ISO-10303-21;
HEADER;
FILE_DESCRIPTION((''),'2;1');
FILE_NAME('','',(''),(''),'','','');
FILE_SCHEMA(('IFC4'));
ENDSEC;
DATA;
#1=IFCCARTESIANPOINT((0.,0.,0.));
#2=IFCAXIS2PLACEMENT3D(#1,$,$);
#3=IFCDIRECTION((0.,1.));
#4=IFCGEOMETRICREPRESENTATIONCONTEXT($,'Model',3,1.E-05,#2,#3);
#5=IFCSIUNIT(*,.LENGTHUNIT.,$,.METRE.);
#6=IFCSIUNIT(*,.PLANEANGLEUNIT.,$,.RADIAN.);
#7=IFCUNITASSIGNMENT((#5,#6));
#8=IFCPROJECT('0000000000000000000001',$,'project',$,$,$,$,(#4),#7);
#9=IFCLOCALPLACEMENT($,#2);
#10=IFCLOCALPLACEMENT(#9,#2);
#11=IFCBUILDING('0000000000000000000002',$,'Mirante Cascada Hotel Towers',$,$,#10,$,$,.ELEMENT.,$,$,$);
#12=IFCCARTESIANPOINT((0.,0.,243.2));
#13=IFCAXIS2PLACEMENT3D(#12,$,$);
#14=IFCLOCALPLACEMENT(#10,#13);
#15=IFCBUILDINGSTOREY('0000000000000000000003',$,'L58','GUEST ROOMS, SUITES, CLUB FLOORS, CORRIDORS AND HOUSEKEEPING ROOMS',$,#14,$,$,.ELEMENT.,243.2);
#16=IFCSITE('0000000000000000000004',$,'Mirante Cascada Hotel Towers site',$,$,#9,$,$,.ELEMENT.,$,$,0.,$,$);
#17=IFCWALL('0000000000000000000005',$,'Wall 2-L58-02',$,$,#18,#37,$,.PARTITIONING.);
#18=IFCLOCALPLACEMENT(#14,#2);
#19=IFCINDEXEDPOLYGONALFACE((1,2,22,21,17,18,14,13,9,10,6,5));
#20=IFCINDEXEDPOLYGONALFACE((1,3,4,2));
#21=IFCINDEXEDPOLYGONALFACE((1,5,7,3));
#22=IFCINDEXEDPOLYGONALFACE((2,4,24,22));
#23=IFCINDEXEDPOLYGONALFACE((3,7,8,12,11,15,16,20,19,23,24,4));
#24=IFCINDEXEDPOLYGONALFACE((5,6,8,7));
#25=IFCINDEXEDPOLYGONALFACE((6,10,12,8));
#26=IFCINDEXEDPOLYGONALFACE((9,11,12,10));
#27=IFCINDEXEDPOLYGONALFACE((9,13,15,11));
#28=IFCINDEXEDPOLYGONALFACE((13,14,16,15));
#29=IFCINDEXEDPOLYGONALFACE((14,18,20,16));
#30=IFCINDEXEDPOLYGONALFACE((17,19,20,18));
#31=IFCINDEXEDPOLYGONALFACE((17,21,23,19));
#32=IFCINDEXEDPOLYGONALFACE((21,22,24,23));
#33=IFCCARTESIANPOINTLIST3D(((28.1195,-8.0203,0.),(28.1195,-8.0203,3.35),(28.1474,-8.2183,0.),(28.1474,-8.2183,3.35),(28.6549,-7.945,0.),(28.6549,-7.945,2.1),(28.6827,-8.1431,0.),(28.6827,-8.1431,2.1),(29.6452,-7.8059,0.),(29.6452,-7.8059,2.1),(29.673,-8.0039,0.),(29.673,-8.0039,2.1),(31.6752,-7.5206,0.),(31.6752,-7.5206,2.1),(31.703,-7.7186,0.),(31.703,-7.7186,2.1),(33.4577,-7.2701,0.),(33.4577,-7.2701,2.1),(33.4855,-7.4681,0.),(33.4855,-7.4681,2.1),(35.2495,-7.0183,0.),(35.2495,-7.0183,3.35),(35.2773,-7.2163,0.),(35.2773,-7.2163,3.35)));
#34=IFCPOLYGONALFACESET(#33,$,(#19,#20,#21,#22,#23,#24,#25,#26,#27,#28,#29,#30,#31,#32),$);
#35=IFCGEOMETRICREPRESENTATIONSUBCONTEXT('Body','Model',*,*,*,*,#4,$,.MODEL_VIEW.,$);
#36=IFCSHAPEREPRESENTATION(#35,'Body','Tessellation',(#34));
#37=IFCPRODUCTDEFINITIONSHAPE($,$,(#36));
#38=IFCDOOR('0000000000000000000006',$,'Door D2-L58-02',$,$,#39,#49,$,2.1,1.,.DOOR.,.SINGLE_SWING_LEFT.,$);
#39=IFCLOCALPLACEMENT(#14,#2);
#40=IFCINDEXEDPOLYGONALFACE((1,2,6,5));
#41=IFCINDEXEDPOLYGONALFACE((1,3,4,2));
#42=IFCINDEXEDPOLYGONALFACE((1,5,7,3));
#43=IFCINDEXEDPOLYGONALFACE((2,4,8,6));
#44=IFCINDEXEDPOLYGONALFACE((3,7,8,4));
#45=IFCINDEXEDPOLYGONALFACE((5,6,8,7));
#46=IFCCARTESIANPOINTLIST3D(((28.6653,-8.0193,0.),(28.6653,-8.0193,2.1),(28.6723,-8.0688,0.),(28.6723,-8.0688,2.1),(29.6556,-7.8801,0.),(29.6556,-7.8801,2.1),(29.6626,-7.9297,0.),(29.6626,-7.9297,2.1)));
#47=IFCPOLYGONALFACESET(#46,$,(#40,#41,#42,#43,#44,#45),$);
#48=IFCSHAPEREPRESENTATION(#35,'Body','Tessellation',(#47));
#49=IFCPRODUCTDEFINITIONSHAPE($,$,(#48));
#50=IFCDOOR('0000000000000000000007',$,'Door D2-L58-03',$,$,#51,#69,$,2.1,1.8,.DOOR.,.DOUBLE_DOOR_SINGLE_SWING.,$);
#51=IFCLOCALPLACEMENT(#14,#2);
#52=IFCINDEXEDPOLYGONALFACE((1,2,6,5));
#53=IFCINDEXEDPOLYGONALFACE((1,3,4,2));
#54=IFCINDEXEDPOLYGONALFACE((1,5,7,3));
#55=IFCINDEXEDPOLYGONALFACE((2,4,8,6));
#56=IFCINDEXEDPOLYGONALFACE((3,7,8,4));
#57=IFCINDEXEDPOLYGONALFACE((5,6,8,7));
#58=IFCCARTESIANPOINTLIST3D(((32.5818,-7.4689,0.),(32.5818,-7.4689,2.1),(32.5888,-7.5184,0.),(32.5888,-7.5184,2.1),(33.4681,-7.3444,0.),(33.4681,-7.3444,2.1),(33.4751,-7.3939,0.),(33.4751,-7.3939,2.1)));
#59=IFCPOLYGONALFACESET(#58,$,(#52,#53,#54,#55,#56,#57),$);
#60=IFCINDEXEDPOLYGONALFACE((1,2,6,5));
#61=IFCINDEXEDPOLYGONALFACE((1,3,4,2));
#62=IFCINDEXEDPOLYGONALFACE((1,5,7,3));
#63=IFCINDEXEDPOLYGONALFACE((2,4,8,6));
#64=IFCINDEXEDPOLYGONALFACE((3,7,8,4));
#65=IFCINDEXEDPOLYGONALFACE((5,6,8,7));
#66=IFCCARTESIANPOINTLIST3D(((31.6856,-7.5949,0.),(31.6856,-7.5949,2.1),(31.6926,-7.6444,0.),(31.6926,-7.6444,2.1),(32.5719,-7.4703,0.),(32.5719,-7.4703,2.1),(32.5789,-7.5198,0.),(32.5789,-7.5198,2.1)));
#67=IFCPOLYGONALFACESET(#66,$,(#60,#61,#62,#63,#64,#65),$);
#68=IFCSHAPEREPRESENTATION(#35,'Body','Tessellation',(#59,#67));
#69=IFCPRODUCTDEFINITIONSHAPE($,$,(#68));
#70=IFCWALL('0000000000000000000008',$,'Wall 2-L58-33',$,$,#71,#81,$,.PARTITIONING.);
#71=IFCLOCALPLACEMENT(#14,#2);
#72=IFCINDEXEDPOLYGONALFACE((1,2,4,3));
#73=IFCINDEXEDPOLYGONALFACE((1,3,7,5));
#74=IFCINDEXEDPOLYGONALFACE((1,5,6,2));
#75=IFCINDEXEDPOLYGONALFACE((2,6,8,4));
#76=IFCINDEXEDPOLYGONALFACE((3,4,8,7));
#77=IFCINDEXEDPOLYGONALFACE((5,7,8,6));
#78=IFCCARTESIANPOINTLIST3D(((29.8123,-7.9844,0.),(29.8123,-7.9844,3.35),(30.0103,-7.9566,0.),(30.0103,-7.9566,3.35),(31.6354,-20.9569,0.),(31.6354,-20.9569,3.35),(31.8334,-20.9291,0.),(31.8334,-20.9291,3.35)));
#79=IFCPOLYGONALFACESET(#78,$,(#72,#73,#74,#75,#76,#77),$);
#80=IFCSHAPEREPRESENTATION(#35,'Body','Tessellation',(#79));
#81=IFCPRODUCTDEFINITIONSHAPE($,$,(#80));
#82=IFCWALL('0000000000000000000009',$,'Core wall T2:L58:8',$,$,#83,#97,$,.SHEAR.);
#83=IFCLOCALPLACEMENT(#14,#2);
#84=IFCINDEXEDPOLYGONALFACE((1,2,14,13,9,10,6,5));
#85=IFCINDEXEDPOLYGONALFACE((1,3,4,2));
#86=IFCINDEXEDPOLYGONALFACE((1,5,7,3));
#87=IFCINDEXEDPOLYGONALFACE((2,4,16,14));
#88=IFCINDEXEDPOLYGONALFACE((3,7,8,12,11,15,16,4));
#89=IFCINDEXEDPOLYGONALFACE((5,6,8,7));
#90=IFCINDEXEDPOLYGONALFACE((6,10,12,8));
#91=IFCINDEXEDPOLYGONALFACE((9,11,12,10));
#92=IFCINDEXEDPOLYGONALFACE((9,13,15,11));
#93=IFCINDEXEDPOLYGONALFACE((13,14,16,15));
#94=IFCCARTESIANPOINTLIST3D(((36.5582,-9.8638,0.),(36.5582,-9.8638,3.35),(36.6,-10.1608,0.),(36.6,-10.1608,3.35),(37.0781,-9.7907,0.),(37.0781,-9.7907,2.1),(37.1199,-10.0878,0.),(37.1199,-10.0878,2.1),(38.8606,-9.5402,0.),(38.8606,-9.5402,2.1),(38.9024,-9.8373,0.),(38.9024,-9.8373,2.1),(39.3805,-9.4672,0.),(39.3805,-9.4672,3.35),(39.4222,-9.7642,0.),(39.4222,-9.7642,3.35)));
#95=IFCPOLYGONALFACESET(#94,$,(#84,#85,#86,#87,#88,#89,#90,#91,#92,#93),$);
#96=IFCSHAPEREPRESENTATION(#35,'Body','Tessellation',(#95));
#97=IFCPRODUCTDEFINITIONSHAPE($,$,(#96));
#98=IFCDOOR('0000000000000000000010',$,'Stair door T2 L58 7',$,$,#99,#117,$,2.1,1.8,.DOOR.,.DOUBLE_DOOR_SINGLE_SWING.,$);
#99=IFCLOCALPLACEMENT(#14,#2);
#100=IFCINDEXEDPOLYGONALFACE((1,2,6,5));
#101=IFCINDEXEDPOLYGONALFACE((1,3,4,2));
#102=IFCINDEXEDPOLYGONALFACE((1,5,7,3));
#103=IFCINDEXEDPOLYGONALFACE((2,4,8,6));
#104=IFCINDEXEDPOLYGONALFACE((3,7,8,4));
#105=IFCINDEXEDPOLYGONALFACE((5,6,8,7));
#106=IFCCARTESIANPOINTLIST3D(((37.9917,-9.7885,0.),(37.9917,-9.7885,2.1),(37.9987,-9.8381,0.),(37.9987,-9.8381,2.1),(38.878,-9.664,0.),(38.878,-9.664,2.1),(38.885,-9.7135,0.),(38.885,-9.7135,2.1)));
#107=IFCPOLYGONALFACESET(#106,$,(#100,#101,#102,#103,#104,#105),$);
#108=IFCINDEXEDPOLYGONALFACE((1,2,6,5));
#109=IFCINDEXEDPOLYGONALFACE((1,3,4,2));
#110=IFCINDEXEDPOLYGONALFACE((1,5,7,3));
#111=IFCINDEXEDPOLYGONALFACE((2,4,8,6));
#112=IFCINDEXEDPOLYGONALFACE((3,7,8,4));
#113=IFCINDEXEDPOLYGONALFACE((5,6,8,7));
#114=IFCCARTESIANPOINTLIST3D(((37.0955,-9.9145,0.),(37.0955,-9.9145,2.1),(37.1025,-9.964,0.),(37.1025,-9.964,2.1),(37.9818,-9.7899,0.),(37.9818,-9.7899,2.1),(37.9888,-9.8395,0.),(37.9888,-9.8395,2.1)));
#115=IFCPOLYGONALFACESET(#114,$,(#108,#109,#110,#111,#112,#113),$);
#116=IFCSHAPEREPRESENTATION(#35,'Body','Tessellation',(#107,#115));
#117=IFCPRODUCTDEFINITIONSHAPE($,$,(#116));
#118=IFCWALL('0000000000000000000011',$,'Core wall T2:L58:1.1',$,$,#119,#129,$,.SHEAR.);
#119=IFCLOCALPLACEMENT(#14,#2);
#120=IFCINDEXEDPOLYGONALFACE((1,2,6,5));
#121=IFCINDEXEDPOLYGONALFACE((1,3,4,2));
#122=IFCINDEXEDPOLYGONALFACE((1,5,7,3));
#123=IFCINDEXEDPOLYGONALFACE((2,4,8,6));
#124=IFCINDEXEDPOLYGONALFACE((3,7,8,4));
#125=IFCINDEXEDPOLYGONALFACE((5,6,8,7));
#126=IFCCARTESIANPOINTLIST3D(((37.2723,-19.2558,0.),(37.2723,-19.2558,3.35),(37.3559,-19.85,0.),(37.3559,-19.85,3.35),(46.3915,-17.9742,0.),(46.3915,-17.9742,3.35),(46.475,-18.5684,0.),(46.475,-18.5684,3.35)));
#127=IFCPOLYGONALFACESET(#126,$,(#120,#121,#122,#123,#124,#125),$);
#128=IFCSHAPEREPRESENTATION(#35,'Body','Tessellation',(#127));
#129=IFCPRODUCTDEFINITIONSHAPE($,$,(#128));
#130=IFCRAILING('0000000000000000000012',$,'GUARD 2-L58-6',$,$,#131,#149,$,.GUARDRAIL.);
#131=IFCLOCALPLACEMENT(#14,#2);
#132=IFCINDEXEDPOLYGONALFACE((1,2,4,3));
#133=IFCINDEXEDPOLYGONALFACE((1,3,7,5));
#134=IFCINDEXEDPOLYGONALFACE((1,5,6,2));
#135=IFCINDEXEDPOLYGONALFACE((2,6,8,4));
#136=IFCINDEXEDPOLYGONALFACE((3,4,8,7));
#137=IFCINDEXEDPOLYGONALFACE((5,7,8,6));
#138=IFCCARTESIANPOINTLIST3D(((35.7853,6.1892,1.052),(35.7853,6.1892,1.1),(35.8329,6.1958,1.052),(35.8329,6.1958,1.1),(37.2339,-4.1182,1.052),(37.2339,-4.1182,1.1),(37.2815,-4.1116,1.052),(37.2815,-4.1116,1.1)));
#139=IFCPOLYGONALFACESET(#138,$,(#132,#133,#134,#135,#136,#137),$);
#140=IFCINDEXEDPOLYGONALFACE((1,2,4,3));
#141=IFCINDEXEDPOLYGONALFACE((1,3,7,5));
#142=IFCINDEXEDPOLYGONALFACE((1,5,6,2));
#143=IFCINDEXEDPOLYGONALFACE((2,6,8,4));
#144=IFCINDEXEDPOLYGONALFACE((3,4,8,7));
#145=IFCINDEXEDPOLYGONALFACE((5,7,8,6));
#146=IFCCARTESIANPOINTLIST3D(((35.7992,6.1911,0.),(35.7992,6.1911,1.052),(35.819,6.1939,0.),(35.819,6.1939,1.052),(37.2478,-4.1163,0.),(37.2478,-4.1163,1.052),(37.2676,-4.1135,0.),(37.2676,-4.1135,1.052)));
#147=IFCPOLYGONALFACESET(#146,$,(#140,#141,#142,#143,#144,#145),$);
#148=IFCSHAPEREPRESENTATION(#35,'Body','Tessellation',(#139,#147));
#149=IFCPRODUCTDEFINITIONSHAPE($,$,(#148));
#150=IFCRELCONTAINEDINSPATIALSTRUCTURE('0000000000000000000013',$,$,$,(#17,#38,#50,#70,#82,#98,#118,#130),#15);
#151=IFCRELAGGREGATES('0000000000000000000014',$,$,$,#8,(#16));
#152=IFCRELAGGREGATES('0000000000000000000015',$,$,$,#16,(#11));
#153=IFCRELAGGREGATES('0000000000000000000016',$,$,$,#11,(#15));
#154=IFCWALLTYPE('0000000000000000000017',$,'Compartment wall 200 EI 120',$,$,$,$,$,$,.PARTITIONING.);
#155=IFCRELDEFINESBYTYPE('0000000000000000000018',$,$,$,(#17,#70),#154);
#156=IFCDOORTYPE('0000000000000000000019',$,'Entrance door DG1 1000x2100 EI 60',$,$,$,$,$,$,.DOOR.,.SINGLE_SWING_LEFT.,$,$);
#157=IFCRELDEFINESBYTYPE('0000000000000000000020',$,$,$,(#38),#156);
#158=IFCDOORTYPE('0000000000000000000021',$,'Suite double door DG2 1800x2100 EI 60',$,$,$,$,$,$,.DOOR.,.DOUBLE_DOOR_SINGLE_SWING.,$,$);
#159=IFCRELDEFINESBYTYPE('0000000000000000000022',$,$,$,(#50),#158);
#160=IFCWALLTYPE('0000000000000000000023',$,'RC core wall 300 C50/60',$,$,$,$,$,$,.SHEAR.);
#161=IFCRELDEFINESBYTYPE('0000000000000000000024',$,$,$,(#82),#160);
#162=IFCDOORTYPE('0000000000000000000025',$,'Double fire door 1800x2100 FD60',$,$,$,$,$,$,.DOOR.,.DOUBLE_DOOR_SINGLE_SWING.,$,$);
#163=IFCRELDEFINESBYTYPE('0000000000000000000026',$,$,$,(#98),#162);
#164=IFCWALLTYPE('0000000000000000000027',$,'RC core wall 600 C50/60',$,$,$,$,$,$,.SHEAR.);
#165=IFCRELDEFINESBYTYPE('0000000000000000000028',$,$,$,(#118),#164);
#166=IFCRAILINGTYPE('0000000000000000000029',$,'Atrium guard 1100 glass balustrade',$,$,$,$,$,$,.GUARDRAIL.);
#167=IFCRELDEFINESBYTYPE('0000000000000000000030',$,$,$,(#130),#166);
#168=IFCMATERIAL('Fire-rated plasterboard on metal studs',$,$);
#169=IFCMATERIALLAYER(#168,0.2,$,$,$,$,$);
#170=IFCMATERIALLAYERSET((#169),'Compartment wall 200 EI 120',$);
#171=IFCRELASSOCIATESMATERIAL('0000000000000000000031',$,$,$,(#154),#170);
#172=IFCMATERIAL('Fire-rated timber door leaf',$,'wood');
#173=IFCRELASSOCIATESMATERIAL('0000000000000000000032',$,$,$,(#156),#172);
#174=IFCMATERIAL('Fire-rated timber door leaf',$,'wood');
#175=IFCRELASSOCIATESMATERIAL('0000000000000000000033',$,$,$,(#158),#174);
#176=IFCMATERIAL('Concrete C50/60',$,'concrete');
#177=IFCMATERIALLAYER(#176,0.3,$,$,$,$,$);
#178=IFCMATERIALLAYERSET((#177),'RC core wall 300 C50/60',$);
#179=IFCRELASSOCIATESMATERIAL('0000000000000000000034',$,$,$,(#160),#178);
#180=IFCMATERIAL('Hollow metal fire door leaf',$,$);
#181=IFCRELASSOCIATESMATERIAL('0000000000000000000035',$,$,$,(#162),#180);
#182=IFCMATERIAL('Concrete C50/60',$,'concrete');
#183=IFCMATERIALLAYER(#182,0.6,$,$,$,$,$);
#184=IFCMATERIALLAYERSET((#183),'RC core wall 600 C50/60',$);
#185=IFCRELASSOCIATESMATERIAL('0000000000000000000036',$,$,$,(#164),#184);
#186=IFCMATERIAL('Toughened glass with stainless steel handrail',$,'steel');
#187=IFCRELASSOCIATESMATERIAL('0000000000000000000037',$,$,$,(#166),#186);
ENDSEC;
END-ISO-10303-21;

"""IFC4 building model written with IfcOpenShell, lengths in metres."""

from ifc_helpers import new_model, si_unit, direction, frame, frame_2d, origin, origin_2d, place, context, subcontext, project, spatial, rectangle, extrude, material, layer, layer_set, type_object, element, fill, save


model = new_model("IFC4")

# Units and contexts
model_context = context("Model", 3, precision=1e-05, world=origin(), true_north=direction((0.0, 1.0)))
body_context = subcontext(model_context, "Body", "Model", "MODEL_VIEW")
ifc_project = project(units=[si_unit("LENGTHUNIT", "METRE"), si_unit("PLANEANGLEUNIT", "RADIAN")], contexts=[model_context])

# Site, building, storey
site_placement = place(None, origin())
site = spatial("IfcSite", under=ifc_project, at=site_placement, Name="Mirante Cascada Hotel Towers site", CompositionType="ELEMENT", RefElevation=0.0)
building_placement = place(site_placement, origin())
building = spatial("IfcBuilding", under=site, at=building_placement, Name="Mirante Cascada Hotel Towers", CompositionType="ELEMENT")
storey_placement = place(building_placement, frame((0.0, 0.0, 243.2)))
storey = spatial("IfcBuildingStorey", under=building, at=storey_placement, Name="L58", Description="GUEST ROOMS, SUITES, CLUB FLOORS, CORRIDORS AND HOUSEKEEPING ROOMS", CompositionType="ELEMENT", Elevation=243.2)

# Wall, openings, doors
ifc_material_1 = material(Name="Fire-rated plasterboard on metal studs")
ifc_layer_1 = layer(ifc_material_1, 0.2)
ifc_layer_set_1 = layer_set([ifc_layer_1], Name="Compartment wall 200 EI 120")
wall_type_1 = type_object("IfcWallType", Name="Compartment wall 200 EI 120", PredefinedType="PARTITIONING", material=ifc_layer_set_1)
wall_1_placement = place(storey_placement, frame((35.2634, -7.1173, 0.0), z_axis=(0.0, 0.0, 1.0), x_axis=(-0.990269, -0.139167, 0.0)))
wall_1 = element("IfcWall", 1, at=wall_1_placement, inside=storey, type_object=wall_type_1, Name="Wall 2-L58-02", PredefinedType="PARTITIONING", context=body_context, shape_type="SweptSolid", body=[
    extrude(rectangle(XDim=7.2, YDim=0.2, at=frame_2d((3.6, 0.0))), origin(), (0.0, 0.0, 1.0), 3.35),
])
opening_1_placement = place(wall_1_placement, frame((5.6594, 0.0, 0.0)))
opening_1 = element("IfcOpeningElement", 2, at=opening_1_placement, cuts=wall_1, PredefinedType="OPENING", context=body_context, shape_type="SweptSolid", body=[
    extrude(rectangle(XDim=1.0, YDim=2.1, at=frame_2d((0.5, 1.05))), frame((0.0, 0.1, 0.0), z_axis=(0.0, -1.0, 0.0), x_axis=(1.0, 0.0, 0.0)), (0.0, 0.0, 1.0), 0.2),
])
opening_2_placement = place(wall_1_placement, frame((1.8094, 0.0, 0.0)))
opening_2 = element("IfcOpeningElement", 3, at=opening_2_placement, cuts=wall_1, PredefinedType="OPENING", context=body_context, shape_type="SweptSolid", body=[
    extrude(rectangle(XDim=1.8, YDim=2.1, at=frame_2d((0.9, 1.05))), frame((0.0, 0.1, 0.0), z_axis=(0.0, -1.0, 0.0), x_axis=(1.0, 0.0, 0.0)), (0.0, 0.0, 1.0), 0.2),
])
ifc_material_2 = material(Name="Fire-rated timber door leaf", Category="wood")
door_type_1 = type_object("IfcDoorType", Name="Entrance door DG1 1000x2100 EI 60", OperationType="SINGLE_SWING_LEFT", PredefinedType="DOOR", material=ifc_material_2)
door_1_placement = place(opening_1_placement, origin())
door_1 = element("IfcDoor", 4, at=door_1_placement, inside=storey, type_object=door_type_1, Name="Door D2-L58-02", OperationType="SINGLE_SWING_LEFT", OverallHeight=2.1, OverallWidth=1.0, PredefinedType="DOOR", context=body_context, shape_type="SweptSolid", body=[
    extrude(rectangle(XDim=1.0, YDim=2.1, at=frame_2d((0.5, 1.05))), frame((0.0, 0.025, 0.0), z_axis=(0.0, -1.0, 0.0), x_axis=(1.0, 0.0, 0.0)), (0.0, 0.0, 1.0), 0.05),
])
fill(opening_1, door_1)
ifc_material_3 = material(Name="Fire-rated timber door leaf", Category="wood")
door_type_2 = type_object("IfcDoorType", Name="Suite double door DG2 1800x2100 EI 60", OperationType="DOUBLE_DOOR_SINGLE_SWING", PredefinedType="DOOR", material=ifc_material_3)
door_2_placement = place(opening_2_placement, origin())
door_2 = element("IfcDoor", 5, at=door_2_placement, inside=storey, type_object=door_type_2, Name="Door D2-L58-03", OperationType="DOUBLE_DOOR_SINGLE_SWING", OverallHeight=2.1, OverallWidth=1.8, PredefinedType="DOOR", context=body_context, shape_type="SweptSolid", body=[
    extrude(rectangle(XDim=0.895, YDim=2.1, at=frame_2d((0.4475, 1.05))), frame((0.0, 0.025, 0.0), z_axis=(0.0, -1.0, 0.0), x_axis=(1.0, 0.0, 0.0)), (0.0, 0.0, 1.0), 0.05),
    extrude(rectangle(XDim=0.895, YDim=2.1, at=frame_2d((1.3525, 1.05))), frame((0.0, 0.025, 0.0), z_axis=(0.0, -1.0, 0.0), x_axis=(1.0, 0.0, 0.0)), (0.0, 0.0, 1.0), 0.05),
])
fill(opening_2, door_2)

# Wall
wall_2_placement = place(storey_placement, frame((31.7344, -20.943, 0.0), z_axis=(0.0, 0.0, 1.0), x_axis=(-0.139168, 0.990269, 0.0)))
element("IfcWall", 6, at=wall_2_placement, inside=storey, type_object=wall_type_1, Name="Wall 2-L58-33", PredefinedType="PARTITIONING", context=body_context, shape_type="SweptSolid", body=[
    extrude(rectangle(XDim=13.1, YDim=0.2, at=frame_2d((6.55, 0.0))), origin(), (0.0, 0.0, 1.0), 3.35),
])

# Wall, opening, door
ifc_material_4 = material(Name="Concrete C50/60", Category="concrete")
ifc_layer_2 = layer(ifc_material_4, 0.3)
ifc_layer_set_2 = layer_set([ifc_layer_2], Name="RC core wall 300 C50/60")
wall_type_2 = type_object("IfcWallType", Name="RC core wall 300 C50/60", PredefinedType="SHEAR", material=ifc_layer_set_2)
wall_3_placement = place(storey_placement, frame((36.5791, -10.0123, 0.0), z_axis=(0.0, 0.0, 1.0), x_axis=(0.99027, 0.139156, 0.0)))
wall_3 = element("IfcWall", 7, at=wall_3_placement, inside=storey, type_object=wall_type_2, Name="Core wall T2:L58:8", PredefinedType="SHEAR", context=body_context, shape_type="SweptSolid", body=[
    extrude(rectangle(XDim=2.85, YDim=0.3, at=frame_2d((1.425, 0.0))), origin(), (0.0, 0.0, 1.0), 3.35),
])
opening_3_placement = place(wall_3_placement, frame((0.525, 0.0, 0.0)))
opening_3 = element("IfcOpeningElement", 8, at=opening_3_placement, cuts=wall_3, PredefinedType="OPENING", context=body_context, shape_type="SweptSolid", body=[
    extrude(rectangle(XDim=1.8, YDim=2.1, at=frame_2d((0.9, 1.05))), frame((0.0, 0.15, 0.0), z_axis=(0.0, -1.0, 0.0), x_axis=(1.0, 0.0, 0.0)), (0.0, 0.0, 1.0), 0.3),
])
ifc_material_5 = material(Name="Hollow metal fire door leaf")
door_type_3 = type_object("IfcDoorType", Name="Double fire door 1800x2100 FD60", OperationType="DOUBLE_DOOR_SINGLE_SWING", PredefinedType="DOOR", material=ifc_material_5)
door_3_placement = place(opening_3_placement, frame((1.8, 0.0, 0.0), z_axis=(0.0, 0.0, 1.0), x_axis=(-1.0, 0.0, 0.0)))
door_3 = element("IfcDoor", 9, at=door_3_placement, inside=storey, type_object=door_type_3, Name="Stair door T2 L58 7", OperationType="DOUBLE_DOOR_SINGLE_SWING", OverallHeight=2.1, OverallWidth=1.8, PredefinedType="DOOR", context=body_context, shape_type="SweptSolid", body=[
    extrude(rectangle(XDim=0.895, YDim=2.1, at=frame_2d((0.4475, 1.05))), frame((0.0, 0.025, 0.0), z_axis=(0.0, -1.0, 0.0), x_axis=(1.0, 0.0, 0.0)), (0.0, 0.0, 1.0), 0.05),
    extrude(rectangle(XDim=0.895, YDim=2.1, at=frame_2d((1.3525, 1.05))), frame((0.0, 0.025, 0.0), z_axis=(0.0, -1.0, 0.0), x_axis=(1.0, 0.0, 0.0)), (0.0, 0.0, 1.0), 0.05),
])
fill(opening_3, door_3)

# Wall
ifc_material_6 = material(Name="Concrete C50/60", Category="concrete")
ifc_layer_3 = layer(ifc_material_6, 0.6)
ifc_layer_set_3 = layer_set([ifc_layer_3], Name="RC core wall 600 C50/60")
wall_type_3 = type_object("IfcWallType", Name="RC core wall 600 C50/60", PredefinedType="SHEAR", material=ifc_layer_set_3)
wall_4_placement = place(storey_placement, frame((37.3141, -19.5529, 0.0), z_axis=(0.0, 0.0, 1.0), x_axis=(0.990268, 0.139171, 0.0)))
element("IfcWall", 10, at=wall_4_placement, inside=storey, type_object=wall_type_3, Name="Core wall T2:L58:1.1", PredefinedType="SHEAR", context=body_context, shape_type="SweptSolid", body=[
    extrude(rectangle(XDim=9.2088, YDim=0.6, at=frame_2d((4.6044, 0.0))), origin(), (0.0, 0.0, 1.0), 3.35),
])

# Railing
ifc_material_7 = material(Name="Toughened glass with stainless steel handrail", Category="steel")
railing_type = type_object("IfcRailingType", Name="Atrium guard 1100 glass balustrade", PredefinedType="GUARDRAIL", material=ifc_material_7)
railing_placement = place(storey_placement, frame((37.2577, -4.1149, 0.0)))
element("IfcRailing", 11, at=railing_placement, inside=storey, type_object=railing_type, Name="GUARD 2-L58-6", PredefinedType="GUARDRAIL", context=body_context, shape_type="SweptSolid", body=[
    extrude(rectangle(XDim=0.048, YDim=0.048, at=origin_2d()), frame((0.0, 0.0, 1.076), z_axis=(-0.139172, 0.990268, 0.0), x_axis=(-0.990268, -0.139172, 0.0)), (0.0, 0.0, 1.0), 10.4087),
    extrude(rectangle(XDim=0.02, YDim=1.052, at=origin_2d()), frame((0.0, 0.0, 0.526), z_axis=(-0.139172, 0.990268, 0.0), x_axis=(-0.990268, -0.139172, 0.0)), (0.0, 0.0, 1.0), 10.4087),
])

save(model, "model.ifc")
